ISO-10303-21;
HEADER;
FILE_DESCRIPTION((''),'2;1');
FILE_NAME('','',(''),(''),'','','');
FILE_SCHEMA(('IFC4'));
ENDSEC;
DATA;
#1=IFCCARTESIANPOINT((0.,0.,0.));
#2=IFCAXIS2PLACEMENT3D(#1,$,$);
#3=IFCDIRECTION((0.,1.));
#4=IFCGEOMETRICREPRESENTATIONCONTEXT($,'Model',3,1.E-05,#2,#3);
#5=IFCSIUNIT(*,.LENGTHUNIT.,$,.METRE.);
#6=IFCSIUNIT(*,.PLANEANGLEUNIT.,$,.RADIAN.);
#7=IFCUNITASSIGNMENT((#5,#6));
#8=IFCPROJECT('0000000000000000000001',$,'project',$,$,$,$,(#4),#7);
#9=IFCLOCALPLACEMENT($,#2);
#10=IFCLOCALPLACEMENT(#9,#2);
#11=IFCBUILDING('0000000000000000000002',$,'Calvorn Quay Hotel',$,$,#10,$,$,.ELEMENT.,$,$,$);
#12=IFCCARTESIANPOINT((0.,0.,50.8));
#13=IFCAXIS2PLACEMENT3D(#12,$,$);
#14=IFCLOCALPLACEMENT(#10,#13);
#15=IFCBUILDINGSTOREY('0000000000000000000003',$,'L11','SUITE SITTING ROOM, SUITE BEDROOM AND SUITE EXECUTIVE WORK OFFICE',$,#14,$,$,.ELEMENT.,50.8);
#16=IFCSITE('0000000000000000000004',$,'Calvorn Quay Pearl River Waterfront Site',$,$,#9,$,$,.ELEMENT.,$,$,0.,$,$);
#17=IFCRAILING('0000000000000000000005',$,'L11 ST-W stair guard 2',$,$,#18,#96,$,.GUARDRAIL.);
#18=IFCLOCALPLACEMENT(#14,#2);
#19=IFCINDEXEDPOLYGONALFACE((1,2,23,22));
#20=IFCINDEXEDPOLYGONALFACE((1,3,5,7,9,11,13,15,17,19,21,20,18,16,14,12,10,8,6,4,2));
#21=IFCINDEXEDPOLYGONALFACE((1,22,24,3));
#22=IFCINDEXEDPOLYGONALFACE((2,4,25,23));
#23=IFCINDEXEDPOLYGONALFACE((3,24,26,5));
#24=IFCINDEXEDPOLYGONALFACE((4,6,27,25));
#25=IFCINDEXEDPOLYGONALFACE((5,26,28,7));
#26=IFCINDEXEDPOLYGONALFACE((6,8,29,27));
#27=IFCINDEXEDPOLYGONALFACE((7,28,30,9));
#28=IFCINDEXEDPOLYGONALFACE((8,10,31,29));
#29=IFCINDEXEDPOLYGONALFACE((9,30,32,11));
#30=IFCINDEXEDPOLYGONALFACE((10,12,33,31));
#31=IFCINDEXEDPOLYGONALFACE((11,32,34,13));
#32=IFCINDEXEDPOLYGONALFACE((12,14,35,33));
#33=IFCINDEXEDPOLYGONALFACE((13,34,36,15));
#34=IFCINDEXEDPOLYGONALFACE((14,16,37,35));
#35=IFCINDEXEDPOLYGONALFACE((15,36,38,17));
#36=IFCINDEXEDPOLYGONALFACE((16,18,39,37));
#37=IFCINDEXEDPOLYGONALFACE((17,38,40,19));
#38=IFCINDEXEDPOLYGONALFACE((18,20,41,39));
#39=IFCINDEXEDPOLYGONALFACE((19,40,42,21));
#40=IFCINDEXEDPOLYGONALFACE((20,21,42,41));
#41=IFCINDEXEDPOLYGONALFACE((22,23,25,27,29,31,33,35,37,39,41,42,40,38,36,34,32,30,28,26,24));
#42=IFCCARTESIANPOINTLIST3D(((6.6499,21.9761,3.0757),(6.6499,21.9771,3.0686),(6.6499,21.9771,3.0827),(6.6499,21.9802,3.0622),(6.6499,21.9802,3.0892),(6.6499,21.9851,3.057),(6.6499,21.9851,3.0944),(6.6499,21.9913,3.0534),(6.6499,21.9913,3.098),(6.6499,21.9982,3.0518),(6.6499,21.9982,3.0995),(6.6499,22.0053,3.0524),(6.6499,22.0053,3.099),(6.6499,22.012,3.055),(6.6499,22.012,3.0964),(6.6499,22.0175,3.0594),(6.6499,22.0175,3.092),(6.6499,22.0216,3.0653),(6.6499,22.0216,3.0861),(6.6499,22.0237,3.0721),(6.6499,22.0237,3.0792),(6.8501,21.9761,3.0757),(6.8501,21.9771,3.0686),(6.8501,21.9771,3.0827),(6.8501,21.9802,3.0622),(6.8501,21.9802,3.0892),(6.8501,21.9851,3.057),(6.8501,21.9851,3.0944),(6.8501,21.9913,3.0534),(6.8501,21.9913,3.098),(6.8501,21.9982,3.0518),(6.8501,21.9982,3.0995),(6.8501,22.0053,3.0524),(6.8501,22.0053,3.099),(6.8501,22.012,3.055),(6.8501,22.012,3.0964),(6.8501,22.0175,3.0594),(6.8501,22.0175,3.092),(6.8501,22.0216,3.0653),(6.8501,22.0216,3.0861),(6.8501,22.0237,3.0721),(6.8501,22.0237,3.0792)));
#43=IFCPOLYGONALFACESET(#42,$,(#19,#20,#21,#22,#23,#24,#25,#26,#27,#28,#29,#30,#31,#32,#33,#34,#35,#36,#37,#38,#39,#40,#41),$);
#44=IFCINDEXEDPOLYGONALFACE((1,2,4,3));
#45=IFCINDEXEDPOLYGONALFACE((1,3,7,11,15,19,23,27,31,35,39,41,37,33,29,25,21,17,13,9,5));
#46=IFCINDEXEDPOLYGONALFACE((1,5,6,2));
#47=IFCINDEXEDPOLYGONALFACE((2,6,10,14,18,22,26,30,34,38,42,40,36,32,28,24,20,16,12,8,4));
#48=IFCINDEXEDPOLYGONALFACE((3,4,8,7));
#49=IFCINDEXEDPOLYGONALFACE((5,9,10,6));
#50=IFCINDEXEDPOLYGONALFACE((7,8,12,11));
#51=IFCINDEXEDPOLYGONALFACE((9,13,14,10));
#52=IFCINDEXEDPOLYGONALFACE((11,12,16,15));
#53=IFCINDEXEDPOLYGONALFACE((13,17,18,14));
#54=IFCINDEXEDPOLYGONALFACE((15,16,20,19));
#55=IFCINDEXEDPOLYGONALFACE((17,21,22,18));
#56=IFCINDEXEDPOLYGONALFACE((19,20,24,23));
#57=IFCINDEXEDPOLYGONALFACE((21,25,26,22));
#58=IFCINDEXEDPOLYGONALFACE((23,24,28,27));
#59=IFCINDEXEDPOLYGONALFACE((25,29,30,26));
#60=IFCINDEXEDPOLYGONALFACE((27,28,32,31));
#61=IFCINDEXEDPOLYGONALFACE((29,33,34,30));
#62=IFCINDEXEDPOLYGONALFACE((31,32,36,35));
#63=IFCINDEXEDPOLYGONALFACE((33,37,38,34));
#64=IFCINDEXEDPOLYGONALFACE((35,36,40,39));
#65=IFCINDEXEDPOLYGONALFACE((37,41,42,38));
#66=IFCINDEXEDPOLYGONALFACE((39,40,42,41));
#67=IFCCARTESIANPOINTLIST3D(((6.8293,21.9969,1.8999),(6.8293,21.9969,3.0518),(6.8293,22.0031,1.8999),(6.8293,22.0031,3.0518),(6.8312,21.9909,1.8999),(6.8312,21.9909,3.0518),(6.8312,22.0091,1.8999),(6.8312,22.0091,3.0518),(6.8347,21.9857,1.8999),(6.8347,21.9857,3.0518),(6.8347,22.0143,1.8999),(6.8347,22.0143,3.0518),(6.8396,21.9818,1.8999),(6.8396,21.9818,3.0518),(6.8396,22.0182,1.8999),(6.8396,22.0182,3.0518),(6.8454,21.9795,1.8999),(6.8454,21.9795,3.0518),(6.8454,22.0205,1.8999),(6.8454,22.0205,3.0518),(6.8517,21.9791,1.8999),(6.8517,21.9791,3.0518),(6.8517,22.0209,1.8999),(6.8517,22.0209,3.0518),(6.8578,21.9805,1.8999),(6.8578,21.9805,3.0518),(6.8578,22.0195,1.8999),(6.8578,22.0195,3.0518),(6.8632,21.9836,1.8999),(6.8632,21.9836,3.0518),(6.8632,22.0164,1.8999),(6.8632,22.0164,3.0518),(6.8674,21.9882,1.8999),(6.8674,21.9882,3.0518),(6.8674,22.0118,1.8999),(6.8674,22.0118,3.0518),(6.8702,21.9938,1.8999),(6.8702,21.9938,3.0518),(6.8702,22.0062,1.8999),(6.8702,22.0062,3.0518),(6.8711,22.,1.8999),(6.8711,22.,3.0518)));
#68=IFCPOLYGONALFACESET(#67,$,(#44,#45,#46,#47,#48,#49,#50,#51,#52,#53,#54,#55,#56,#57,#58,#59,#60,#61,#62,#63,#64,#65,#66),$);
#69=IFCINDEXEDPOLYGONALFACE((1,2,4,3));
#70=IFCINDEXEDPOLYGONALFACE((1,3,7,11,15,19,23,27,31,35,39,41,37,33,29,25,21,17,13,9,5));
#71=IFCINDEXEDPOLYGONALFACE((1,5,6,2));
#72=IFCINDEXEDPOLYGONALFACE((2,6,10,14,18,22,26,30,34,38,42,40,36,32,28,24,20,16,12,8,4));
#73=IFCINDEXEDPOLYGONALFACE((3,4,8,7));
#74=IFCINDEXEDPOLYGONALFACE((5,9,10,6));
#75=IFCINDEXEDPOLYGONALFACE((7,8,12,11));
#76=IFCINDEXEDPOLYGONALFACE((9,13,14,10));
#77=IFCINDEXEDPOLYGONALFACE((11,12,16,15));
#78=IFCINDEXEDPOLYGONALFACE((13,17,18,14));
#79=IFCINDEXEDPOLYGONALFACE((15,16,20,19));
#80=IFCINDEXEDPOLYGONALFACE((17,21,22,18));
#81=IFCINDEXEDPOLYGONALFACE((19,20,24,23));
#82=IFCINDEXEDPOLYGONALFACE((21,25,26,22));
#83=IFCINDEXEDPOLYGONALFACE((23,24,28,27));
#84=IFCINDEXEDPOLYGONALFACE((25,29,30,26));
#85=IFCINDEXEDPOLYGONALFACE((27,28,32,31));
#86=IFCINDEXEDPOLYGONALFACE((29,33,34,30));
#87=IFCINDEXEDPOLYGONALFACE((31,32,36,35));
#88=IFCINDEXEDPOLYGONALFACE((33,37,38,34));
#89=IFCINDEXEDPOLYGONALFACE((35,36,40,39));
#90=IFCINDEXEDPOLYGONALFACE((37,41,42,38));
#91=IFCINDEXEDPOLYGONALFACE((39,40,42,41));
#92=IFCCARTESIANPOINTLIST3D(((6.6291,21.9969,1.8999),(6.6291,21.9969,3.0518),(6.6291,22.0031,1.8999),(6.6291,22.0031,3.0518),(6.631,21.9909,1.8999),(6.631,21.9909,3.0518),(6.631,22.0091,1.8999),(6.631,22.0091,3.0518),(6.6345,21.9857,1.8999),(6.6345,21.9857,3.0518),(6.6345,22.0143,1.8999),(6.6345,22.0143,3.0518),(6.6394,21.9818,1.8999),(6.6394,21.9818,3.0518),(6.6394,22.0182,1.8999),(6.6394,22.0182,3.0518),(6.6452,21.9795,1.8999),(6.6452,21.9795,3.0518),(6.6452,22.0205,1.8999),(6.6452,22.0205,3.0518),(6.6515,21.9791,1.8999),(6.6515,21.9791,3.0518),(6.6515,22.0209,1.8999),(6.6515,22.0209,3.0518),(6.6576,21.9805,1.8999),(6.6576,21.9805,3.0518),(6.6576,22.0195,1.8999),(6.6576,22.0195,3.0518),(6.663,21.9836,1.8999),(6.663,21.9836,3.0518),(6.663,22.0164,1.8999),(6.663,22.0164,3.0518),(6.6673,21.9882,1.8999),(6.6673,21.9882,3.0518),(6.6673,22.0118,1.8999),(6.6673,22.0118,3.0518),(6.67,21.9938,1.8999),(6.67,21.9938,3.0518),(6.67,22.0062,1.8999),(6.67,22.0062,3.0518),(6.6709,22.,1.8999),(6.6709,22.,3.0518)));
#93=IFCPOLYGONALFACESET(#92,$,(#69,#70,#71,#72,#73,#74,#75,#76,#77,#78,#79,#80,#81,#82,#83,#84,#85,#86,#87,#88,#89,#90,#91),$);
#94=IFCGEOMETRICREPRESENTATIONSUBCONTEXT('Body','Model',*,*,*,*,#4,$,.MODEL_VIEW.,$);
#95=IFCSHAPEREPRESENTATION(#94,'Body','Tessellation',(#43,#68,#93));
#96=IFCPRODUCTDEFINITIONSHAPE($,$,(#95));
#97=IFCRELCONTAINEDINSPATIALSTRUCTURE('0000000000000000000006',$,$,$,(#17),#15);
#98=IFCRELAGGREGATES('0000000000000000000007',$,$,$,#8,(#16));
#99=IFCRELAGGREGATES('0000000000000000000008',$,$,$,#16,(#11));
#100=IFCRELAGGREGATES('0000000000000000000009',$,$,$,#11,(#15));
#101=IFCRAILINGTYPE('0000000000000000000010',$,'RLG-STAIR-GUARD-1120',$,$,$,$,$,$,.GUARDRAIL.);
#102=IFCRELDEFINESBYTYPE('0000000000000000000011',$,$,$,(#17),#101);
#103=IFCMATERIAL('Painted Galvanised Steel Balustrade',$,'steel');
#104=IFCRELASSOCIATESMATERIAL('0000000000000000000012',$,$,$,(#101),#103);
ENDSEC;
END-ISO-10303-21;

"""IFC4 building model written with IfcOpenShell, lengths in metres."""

from ifc_helpers import new_model, si_unit, direction, frame, origin, origin_2d, place, context, subcontext, project, spatial, circle, extrude, material, type_object, element, save


model = new_model("IFC4")

# Units and contexts
model_context = context("Model", 3, precision=1e-05, world=origin(), true_north=direction((0.0, 1.0)))
body_context = subcontext(model_context, "Body", "Model", "MODEL_VIEW")
ifc_project = project(units=[si_unit("LENGTHUNIT", "METRE"), si_unit("PLANEANGLEUNIT", "RADIAN")], contexts=[model_context])

# Site, building, storey
site_placement = place(None, origin())
site = spatial("IfcSite", under=ifc_project, at=site_placement, Name="Calvorn Quay Pearl River Waterfront Site", CompositionType="ELEMENT", RefElevation=0.0)
building_placement = place(site_placement, origin())
building = spatial("IfcBuilding", under=site, at=building_placement, Name="Calvorn Quay Hotel", CompositionType="ELEMENT")
storey_placement = place(building_placement, frame((0.0, 0.0, 50.8)))
storey = spatial("IfcBuildingStorey", under=building, at=storey_placement, Name="L11", Description="SUITE SITTING ROOM, SUITE BEDROOM AND SUITE EXECUTIVE WORK OFFICE", CompositionType="ELEMENT", Elevation=50.8)

# Railing
ifc_material_1 = material(Name="Painted Galvanised Steel Balustrade", Category="steel")
railing_type_1 = type_object("IfcRailingType", Name="RLG-STAIR-GUARD-1120", PredefinedType="GUARDRAIL", material=ifc_material_1)
railing_1_placement = place(storey_placement, frame((6.8501, 22.0, 1.8999)))
element("IfcRailing", 1, at=railing_1_placement, inside=storey, type_object=railing_type_1, Name="L11 ST-W stair guard 2", PredefinedType="GUARDRAIL", context=body_context, shape_type="SweptSolid", body=[
    extrude(circle(Radius=0.0239, at=origin_2d()), frame((0.0, 0.0, 1.1758), z_axis=(-1.0, 0.0, 0.0), x_axis=(0.0, -1.0, 0.0)), (0.0, 0.0, 1.0), 0.2002),
    extrude(circle(Radius=0.021, at=origin_2d()), origin(), (0.0, 0.0, 1.0), 1.1519),
    extrude(circle(Radius=0.021, at=origin_2d()), frame((-0.2002, 0.0, 0.0)), (0.0, 0.0, 1.0), 1.1519),
])

save(model, "model.ifc")
